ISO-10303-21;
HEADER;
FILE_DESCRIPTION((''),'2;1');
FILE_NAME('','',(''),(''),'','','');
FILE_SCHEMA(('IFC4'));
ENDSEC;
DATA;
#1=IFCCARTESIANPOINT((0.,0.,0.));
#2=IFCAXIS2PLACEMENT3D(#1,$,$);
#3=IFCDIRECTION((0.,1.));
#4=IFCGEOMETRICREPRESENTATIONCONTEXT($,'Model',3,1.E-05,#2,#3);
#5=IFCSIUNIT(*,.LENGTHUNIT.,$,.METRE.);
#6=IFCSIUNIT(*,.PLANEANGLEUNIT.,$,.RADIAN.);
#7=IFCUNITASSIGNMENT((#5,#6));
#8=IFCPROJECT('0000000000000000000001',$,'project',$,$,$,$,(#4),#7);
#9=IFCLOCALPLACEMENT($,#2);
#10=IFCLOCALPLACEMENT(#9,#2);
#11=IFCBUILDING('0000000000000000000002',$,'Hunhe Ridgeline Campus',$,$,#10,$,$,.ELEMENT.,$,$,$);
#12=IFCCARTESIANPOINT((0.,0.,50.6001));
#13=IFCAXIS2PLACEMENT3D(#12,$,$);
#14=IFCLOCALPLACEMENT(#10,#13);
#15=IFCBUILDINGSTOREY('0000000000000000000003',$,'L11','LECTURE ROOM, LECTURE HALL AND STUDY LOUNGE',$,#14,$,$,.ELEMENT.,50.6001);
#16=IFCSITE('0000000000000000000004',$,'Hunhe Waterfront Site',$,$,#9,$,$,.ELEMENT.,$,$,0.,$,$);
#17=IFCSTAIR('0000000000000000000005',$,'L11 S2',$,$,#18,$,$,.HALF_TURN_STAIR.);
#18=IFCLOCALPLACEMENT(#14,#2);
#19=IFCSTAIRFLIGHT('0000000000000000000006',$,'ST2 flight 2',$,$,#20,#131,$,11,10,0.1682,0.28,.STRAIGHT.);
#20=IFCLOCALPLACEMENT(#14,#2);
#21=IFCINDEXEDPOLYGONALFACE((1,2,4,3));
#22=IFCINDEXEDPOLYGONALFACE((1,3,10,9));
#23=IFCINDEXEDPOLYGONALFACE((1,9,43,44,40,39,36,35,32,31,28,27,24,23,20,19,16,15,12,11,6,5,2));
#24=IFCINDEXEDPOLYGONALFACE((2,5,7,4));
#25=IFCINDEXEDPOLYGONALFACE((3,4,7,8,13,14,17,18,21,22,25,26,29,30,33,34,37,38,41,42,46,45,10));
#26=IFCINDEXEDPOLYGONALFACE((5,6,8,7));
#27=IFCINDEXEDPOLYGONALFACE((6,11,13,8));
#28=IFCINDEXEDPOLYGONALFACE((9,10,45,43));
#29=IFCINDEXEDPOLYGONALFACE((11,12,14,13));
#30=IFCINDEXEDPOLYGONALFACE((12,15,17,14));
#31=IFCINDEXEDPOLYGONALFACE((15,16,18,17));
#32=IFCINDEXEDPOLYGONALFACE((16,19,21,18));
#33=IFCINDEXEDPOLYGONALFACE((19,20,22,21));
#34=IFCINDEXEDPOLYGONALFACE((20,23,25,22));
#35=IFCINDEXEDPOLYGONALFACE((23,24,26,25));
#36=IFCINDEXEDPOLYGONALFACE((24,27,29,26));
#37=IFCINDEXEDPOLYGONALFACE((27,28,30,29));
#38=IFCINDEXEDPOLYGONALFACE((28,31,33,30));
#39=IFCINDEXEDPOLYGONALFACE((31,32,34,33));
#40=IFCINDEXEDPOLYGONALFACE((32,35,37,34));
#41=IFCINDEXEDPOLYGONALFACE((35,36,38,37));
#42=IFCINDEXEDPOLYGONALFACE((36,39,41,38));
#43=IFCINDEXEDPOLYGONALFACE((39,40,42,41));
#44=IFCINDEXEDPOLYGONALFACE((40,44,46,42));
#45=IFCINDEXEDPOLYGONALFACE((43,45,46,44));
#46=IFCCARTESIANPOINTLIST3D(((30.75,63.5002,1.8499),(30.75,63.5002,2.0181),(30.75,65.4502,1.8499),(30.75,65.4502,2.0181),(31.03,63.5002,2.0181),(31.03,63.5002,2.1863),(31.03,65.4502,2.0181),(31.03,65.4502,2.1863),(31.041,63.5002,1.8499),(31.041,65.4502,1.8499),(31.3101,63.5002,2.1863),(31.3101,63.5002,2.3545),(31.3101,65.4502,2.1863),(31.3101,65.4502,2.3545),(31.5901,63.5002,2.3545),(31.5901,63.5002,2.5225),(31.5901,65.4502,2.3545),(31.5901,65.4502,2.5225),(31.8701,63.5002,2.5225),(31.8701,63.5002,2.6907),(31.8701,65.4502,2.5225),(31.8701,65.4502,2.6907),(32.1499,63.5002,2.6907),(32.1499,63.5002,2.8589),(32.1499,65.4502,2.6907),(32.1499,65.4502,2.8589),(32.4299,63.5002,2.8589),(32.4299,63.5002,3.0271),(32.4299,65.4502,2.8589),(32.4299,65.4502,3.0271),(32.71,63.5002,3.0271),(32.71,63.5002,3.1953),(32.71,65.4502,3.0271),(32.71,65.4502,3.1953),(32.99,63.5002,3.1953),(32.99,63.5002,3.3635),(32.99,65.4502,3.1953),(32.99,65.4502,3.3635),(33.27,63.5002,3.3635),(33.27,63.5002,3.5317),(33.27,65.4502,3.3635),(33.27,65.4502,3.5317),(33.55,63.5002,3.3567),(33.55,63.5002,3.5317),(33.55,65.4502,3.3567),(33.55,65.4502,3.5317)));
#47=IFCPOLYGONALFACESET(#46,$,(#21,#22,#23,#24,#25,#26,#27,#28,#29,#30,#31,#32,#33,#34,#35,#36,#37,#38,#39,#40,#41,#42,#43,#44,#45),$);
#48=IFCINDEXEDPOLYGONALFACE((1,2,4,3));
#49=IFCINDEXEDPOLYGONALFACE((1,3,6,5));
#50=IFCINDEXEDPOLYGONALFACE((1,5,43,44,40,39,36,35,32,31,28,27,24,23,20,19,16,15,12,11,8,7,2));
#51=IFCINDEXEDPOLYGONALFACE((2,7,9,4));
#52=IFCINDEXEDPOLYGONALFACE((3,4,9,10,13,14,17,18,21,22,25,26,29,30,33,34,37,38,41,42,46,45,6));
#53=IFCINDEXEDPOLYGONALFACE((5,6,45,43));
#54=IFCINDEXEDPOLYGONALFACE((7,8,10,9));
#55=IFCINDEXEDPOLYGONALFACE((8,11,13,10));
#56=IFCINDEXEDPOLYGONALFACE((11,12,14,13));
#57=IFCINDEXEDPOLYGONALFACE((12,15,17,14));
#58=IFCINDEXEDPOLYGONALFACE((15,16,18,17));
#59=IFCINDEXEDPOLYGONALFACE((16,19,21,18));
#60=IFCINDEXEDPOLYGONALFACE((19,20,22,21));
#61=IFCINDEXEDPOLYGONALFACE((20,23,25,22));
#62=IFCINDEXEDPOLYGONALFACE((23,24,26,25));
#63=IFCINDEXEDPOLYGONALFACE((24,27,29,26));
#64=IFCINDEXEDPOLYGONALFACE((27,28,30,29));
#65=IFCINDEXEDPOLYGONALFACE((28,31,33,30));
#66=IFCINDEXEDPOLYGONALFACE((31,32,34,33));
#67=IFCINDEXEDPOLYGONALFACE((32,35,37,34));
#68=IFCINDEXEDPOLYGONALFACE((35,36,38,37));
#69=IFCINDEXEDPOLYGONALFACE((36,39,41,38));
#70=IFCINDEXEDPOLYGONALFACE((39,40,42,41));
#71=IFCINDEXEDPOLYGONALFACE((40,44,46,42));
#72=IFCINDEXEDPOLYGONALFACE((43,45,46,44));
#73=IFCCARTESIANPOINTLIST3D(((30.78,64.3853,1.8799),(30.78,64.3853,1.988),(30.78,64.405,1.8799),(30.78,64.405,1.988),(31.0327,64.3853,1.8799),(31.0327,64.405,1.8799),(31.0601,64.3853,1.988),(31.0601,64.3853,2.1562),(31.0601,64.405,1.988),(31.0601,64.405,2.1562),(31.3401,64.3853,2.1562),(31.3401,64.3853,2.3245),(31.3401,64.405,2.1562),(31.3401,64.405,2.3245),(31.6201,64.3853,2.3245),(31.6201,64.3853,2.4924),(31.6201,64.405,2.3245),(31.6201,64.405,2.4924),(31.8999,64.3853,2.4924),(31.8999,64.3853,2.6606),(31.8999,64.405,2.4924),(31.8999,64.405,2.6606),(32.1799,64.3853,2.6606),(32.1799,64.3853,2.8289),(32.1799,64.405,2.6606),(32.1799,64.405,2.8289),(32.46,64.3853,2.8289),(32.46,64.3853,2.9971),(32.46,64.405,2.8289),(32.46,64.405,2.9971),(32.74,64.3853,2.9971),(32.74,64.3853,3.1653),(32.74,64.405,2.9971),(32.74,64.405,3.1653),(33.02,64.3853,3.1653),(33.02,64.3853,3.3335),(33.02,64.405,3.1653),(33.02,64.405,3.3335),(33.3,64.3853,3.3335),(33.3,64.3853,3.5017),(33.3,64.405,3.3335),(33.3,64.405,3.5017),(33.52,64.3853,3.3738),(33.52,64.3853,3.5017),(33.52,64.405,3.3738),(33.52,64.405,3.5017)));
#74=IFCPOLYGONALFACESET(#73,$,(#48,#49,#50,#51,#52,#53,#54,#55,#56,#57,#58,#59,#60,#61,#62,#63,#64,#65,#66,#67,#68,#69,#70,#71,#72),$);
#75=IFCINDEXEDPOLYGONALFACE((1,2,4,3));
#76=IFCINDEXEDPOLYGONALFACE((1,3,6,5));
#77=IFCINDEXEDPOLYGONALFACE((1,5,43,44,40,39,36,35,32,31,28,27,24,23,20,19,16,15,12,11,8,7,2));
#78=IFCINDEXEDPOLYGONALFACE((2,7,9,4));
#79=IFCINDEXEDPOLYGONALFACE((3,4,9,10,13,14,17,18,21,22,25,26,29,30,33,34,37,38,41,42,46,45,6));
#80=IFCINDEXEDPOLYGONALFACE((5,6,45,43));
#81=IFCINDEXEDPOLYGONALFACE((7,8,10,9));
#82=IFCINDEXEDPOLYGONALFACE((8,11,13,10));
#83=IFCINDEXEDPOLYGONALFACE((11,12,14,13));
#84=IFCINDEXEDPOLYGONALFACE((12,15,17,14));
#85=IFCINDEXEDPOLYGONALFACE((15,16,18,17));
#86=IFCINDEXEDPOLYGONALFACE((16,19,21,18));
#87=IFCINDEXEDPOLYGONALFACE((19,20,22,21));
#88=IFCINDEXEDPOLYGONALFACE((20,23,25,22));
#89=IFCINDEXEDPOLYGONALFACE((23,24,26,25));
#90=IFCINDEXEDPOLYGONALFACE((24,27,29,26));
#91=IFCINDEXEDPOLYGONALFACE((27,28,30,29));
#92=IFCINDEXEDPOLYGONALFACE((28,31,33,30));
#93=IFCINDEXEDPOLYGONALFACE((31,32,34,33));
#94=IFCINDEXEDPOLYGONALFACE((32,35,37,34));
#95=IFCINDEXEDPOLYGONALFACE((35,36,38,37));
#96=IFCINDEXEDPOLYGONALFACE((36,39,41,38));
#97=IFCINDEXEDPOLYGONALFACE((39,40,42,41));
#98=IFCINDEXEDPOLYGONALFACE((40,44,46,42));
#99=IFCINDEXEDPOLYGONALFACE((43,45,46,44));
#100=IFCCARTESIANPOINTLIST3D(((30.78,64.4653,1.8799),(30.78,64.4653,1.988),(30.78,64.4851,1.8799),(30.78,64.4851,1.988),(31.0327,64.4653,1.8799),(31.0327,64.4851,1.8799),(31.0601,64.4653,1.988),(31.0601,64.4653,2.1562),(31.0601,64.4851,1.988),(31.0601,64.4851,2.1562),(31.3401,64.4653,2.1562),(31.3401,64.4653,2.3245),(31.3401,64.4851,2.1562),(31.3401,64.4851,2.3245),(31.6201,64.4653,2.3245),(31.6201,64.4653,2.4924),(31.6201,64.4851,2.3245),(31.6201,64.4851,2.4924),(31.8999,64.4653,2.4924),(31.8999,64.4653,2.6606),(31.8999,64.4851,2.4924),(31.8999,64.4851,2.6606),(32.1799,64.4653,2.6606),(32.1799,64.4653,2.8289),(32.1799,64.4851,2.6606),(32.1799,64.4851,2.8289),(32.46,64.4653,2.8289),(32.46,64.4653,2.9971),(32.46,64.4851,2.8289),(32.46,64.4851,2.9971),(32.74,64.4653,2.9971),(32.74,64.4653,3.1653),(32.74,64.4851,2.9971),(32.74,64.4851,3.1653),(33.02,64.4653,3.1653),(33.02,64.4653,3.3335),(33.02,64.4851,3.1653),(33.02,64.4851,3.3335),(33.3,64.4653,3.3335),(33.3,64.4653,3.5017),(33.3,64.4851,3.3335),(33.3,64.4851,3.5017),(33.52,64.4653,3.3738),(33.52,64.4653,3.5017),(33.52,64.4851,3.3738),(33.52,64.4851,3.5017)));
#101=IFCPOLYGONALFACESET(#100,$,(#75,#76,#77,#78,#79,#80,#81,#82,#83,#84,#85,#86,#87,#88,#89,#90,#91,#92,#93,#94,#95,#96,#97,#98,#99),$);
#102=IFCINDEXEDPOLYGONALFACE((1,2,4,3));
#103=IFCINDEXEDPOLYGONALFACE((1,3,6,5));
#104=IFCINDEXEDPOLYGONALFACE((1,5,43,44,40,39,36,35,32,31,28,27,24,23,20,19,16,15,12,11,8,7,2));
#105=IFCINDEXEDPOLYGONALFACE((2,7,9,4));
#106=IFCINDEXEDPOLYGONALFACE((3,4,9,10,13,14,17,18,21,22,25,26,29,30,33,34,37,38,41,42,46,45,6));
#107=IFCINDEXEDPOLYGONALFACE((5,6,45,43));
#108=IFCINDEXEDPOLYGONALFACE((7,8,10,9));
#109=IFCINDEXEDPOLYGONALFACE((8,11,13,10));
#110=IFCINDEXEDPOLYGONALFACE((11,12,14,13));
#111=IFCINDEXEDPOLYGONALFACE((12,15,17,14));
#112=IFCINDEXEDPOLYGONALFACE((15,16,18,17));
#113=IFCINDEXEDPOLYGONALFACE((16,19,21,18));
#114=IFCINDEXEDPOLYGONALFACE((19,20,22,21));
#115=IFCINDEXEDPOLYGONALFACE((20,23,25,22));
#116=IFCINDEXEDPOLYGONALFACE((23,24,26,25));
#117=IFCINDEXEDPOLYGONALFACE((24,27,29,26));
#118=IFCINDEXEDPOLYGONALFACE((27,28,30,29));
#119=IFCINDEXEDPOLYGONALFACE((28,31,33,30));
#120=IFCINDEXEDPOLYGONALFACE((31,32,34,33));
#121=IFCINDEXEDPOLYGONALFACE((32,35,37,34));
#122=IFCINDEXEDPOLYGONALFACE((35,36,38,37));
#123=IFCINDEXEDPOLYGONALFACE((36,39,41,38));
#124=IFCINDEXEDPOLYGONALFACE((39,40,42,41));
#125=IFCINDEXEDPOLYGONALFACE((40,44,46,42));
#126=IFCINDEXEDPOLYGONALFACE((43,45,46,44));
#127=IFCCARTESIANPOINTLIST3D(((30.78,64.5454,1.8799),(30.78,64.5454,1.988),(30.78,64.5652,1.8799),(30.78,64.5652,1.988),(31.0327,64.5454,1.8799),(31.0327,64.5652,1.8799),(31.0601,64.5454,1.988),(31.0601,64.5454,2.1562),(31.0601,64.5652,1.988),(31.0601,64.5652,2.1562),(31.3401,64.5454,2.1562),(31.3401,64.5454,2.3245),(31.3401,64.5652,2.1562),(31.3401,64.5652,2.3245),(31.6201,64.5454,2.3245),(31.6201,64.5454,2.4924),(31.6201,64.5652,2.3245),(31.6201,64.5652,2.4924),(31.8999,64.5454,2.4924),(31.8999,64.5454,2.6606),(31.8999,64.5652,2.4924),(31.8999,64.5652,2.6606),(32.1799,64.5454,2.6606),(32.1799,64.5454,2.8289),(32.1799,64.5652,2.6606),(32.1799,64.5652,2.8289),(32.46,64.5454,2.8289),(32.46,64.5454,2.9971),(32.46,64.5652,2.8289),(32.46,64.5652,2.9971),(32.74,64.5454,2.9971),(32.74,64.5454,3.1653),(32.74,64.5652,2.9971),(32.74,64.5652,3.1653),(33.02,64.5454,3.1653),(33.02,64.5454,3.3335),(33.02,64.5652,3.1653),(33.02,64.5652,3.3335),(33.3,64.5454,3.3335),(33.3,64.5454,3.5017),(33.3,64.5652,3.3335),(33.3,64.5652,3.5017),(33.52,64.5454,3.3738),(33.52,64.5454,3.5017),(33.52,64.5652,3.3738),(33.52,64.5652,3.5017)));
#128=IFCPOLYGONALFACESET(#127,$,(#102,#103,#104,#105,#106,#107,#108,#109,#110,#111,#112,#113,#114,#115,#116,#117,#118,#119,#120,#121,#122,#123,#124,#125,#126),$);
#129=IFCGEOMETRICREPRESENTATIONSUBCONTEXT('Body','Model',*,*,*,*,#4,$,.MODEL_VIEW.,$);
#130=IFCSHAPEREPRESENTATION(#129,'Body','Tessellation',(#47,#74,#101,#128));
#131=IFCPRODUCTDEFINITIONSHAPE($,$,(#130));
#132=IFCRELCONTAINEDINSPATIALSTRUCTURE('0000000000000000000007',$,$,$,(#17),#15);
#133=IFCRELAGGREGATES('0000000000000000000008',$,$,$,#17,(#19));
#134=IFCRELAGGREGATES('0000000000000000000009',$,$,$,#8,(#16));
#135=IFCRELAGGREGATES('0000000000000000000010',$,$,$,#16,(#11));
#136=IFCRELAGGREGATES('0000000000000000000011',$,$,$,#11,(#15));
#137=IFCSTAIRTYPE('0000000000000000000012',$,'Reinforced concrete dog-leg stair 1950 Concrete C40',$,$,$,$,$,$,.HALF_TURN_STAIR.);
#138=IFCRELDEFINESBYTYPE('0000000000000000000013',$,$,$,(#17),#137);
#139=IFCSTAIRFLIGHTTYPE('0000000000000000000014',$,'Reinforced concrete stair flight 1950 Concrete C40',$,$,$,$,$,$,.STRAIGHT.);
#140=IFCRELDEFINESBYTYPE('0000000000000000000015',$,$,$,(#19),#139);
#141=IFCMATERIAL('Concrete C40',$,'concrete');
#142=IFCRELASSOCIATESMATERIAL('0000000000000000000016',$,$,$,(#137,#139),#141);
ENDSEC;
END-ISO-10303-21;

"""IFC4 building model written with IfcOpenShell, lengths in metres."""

from ifc_helpers import new_model, si_unit, direction, frame, origin, place, context, subcontext, project, spatial, polyline, outline, extrude, material, type_object, element, aggregate, save


model = new_model("IFC4")

# Units and contexts
model_context = context("Model", 3, precision=1e-05, world=origin(), true_north=direction((0.0, 1.0)))
body_context = subcontext(model_context, "Body", "Model", "MODEL_VIEW")
ifc_project = project(units=[si_unit("LENGTHUNIT", "METRE"), si_unit("PLANEANGLEUNIT", "RADIAN")], contexts=[model_context])

# Site, building, storey
site_placement = place(None, origin())
site = spatial("IfcSite", under=ifc_project, at=site_placement, Name="Hunhe Waterfront Site", CompositionType="ELEMENT", RefElevation=0.0)
building_placement = place(site_placement, origin())
building = spatial("IfcBuilding", under=site, at=building_placement, Name="Hunhe Ridgeline Campus", CompositionType="ELEMENT")
storey_placement = place(building_placement, frame((0.0, 0.0, 50.6001)))
storey = spatial("IfcBuildingStorey", under=building, at=storey_placement, Name="L11", Description="LECTURE ROOM, LECTURE HALL AND STUDY LOUNGE", CompositionType="ELEMENT", Elevation=50.6001)

# Stair, stair flight
ifc_material_1 = material(Name="Concrete C40", Category="concrete")
stair_type = type_object("IfcStairType", Name="Reinforced concrete dog-leg stair 1950 Concrete C40", PredefinedType="HALF_TURN_STAIR", material=ifc_material_1)
stair_placement = place(storey_placement, origin())
stair = element("IfcStair", 1, at=stair_placement, inside=storey, type_object=stair_type, Name="L11 S2", PredefinedType="HALF_TURN_STAIR")
stair_flight_type = type_object("IfcStairFlightType", Name="Reinforced concrete stair flight 1950 Concrete C40", PredefinedType="STRAIGHT", material=ifc_material_1)
stair_flight_1_placement = place(storey_placement, frame((30.75, 64.4751, 1.8499), z_axis=(0.0, 0.0, 1.0), x_axis=(1.0, 0.0, 0.0)))
stair_flight_1 = element("IfcStairFlight", 2, at=stair_flight_1_placement, type_object=stair_flight_type, Name="ST2 flight 2", NumberOfRisers=11, NumberOfTreads=10, PredefinedType="STRAIGHT", RiserHeight=0.1682, TreadLength=0.28, context=body_context, shape_type="SweptSolid", body=[
    extrude(outline(polyline([(0.0, 0.0), (0.0, 0.1682), (0.28, 0.1682), (0.28, 0.3364), (0.5601, 0.3364), (0.5601, 0.5046), (0.8401, 0.5046), (0.8401, 0.6726), (1.1201, 0.6726), (1.1201, 0.8408), (1.3999, 0.8408), (1.3999, 1.009), (1.6799, 1.009), (1.6799, 1.1772), (1.96, 1.1772), (1.96, 1.3455), (2.24, 1.3455), (2.24, 1.5137), (2.52, 1.5137), (2.52, 1.6819), (2.8, 1.6819), (2.8, 1.8501), (2.8, 1.5068), (0.291, 0.0), (0.0, 0.0)])), frame((0.0, 0.9751, 0.0), z_axis=(0.0, -1.0, 0.0), x_axis=(1.0, 0.0, 0.0)), (0.0, 0.0, 1.0), 1.95),
    extrude(outline(polyline([(0.03, 0.03), (0.03, 0.1382), (0.3101, 0.1382), (0.3101, 0.3064), (0.5901, 0.3064), (0.5901, 0.4746), (0.8701, 0.4746), (0.8701, 0.6426), (1.1499, 0.6426), (1.1499, 0.8108), (1.4299, 0.8108), (1.4299, 0.979), (1.71, 0.979), (1.71, 1.1472), (1.99, 1.1472), (1.99, 1.3154), (2.27, 1.3154), (2.27, 1.4836), (2.55, 1.4836), (2.55, 1.6519), (2.77, 1.6519), (2.77, 1.5239), (0.2827, 0.03), (0.03, 0.03)])), frame((0.0, -0.0701, 0.0), z_axis=(0.0, -1.0, 0.0), x_axis=(1.0, 0.0, 0.0)), (0.0, 0.0, 1.0), 0.0198),
    extrude(outline(polyline([(0.03, 0.03), (0.03, 0.1382), (0.3101, 0.1382), (0.3101, 0.3064), (0.5901, 0.3064), (0.5901, 0.4746), (0.8701, 0.4746), (0.8701, 0.6426), (1.1499, 0.6426), (1.1499, 0.8108), (1.4299, 0.8108), (1.4299, 0.979), (1.71, 0.979), (1.71, 1.1472), (1.99, 1.1472), (1.99, 1.3154), (2.27, 1.3154), (2.27, 1.4836), (2.55, 1.4836), (2.55, 1.6519), (2.77, 1.6519), (2.77, 1.5239), (0.2827, 0.03), (0.03, 0.03)])), frame((0.0, 0.01, 0.0), z_axis=(0.0, -1.0, 0.0), x_axis=(1.0, 0.0, 0.0)), (0.0, 0.0, 1.0), 0.0198),
    extrude(outline(polyline([(0.03, 0.03), (0.03, 0.1382), (0.3101, 0.1382), (0.3101, 0.3064), (0.5901, 0.3064), (0.5901, 0.4746), (0.8701, 0.4746), (0.8701, 0.6426), (1.1499, 0.6426), (1.1499, 0.8108), (1.4299, 0.8108), (1.4299, 0.979), (1.71, 0.979), (1.71, 1.1472), (1.99, 1.1472), (1.99, 1.3154), (2.27, 1.3154), (2.27, 1.4836), (2.55, 1.4836), (2.55, 1.6519), (2.77, 1.6519), (2.77, 1.5239), (0.2827, 0.03), (0.03, 0.03)])), frame((0.0, 0.0901, 0.0), z_axis=(0.0, -1.0, 0.0), x_axis=(1.0, 0.0, 0.0)), (0.0, 0.0, 1.0), 0.0198),
])
aggregate(stair, [stair_flight_1])

save(model, "model.ifc")
